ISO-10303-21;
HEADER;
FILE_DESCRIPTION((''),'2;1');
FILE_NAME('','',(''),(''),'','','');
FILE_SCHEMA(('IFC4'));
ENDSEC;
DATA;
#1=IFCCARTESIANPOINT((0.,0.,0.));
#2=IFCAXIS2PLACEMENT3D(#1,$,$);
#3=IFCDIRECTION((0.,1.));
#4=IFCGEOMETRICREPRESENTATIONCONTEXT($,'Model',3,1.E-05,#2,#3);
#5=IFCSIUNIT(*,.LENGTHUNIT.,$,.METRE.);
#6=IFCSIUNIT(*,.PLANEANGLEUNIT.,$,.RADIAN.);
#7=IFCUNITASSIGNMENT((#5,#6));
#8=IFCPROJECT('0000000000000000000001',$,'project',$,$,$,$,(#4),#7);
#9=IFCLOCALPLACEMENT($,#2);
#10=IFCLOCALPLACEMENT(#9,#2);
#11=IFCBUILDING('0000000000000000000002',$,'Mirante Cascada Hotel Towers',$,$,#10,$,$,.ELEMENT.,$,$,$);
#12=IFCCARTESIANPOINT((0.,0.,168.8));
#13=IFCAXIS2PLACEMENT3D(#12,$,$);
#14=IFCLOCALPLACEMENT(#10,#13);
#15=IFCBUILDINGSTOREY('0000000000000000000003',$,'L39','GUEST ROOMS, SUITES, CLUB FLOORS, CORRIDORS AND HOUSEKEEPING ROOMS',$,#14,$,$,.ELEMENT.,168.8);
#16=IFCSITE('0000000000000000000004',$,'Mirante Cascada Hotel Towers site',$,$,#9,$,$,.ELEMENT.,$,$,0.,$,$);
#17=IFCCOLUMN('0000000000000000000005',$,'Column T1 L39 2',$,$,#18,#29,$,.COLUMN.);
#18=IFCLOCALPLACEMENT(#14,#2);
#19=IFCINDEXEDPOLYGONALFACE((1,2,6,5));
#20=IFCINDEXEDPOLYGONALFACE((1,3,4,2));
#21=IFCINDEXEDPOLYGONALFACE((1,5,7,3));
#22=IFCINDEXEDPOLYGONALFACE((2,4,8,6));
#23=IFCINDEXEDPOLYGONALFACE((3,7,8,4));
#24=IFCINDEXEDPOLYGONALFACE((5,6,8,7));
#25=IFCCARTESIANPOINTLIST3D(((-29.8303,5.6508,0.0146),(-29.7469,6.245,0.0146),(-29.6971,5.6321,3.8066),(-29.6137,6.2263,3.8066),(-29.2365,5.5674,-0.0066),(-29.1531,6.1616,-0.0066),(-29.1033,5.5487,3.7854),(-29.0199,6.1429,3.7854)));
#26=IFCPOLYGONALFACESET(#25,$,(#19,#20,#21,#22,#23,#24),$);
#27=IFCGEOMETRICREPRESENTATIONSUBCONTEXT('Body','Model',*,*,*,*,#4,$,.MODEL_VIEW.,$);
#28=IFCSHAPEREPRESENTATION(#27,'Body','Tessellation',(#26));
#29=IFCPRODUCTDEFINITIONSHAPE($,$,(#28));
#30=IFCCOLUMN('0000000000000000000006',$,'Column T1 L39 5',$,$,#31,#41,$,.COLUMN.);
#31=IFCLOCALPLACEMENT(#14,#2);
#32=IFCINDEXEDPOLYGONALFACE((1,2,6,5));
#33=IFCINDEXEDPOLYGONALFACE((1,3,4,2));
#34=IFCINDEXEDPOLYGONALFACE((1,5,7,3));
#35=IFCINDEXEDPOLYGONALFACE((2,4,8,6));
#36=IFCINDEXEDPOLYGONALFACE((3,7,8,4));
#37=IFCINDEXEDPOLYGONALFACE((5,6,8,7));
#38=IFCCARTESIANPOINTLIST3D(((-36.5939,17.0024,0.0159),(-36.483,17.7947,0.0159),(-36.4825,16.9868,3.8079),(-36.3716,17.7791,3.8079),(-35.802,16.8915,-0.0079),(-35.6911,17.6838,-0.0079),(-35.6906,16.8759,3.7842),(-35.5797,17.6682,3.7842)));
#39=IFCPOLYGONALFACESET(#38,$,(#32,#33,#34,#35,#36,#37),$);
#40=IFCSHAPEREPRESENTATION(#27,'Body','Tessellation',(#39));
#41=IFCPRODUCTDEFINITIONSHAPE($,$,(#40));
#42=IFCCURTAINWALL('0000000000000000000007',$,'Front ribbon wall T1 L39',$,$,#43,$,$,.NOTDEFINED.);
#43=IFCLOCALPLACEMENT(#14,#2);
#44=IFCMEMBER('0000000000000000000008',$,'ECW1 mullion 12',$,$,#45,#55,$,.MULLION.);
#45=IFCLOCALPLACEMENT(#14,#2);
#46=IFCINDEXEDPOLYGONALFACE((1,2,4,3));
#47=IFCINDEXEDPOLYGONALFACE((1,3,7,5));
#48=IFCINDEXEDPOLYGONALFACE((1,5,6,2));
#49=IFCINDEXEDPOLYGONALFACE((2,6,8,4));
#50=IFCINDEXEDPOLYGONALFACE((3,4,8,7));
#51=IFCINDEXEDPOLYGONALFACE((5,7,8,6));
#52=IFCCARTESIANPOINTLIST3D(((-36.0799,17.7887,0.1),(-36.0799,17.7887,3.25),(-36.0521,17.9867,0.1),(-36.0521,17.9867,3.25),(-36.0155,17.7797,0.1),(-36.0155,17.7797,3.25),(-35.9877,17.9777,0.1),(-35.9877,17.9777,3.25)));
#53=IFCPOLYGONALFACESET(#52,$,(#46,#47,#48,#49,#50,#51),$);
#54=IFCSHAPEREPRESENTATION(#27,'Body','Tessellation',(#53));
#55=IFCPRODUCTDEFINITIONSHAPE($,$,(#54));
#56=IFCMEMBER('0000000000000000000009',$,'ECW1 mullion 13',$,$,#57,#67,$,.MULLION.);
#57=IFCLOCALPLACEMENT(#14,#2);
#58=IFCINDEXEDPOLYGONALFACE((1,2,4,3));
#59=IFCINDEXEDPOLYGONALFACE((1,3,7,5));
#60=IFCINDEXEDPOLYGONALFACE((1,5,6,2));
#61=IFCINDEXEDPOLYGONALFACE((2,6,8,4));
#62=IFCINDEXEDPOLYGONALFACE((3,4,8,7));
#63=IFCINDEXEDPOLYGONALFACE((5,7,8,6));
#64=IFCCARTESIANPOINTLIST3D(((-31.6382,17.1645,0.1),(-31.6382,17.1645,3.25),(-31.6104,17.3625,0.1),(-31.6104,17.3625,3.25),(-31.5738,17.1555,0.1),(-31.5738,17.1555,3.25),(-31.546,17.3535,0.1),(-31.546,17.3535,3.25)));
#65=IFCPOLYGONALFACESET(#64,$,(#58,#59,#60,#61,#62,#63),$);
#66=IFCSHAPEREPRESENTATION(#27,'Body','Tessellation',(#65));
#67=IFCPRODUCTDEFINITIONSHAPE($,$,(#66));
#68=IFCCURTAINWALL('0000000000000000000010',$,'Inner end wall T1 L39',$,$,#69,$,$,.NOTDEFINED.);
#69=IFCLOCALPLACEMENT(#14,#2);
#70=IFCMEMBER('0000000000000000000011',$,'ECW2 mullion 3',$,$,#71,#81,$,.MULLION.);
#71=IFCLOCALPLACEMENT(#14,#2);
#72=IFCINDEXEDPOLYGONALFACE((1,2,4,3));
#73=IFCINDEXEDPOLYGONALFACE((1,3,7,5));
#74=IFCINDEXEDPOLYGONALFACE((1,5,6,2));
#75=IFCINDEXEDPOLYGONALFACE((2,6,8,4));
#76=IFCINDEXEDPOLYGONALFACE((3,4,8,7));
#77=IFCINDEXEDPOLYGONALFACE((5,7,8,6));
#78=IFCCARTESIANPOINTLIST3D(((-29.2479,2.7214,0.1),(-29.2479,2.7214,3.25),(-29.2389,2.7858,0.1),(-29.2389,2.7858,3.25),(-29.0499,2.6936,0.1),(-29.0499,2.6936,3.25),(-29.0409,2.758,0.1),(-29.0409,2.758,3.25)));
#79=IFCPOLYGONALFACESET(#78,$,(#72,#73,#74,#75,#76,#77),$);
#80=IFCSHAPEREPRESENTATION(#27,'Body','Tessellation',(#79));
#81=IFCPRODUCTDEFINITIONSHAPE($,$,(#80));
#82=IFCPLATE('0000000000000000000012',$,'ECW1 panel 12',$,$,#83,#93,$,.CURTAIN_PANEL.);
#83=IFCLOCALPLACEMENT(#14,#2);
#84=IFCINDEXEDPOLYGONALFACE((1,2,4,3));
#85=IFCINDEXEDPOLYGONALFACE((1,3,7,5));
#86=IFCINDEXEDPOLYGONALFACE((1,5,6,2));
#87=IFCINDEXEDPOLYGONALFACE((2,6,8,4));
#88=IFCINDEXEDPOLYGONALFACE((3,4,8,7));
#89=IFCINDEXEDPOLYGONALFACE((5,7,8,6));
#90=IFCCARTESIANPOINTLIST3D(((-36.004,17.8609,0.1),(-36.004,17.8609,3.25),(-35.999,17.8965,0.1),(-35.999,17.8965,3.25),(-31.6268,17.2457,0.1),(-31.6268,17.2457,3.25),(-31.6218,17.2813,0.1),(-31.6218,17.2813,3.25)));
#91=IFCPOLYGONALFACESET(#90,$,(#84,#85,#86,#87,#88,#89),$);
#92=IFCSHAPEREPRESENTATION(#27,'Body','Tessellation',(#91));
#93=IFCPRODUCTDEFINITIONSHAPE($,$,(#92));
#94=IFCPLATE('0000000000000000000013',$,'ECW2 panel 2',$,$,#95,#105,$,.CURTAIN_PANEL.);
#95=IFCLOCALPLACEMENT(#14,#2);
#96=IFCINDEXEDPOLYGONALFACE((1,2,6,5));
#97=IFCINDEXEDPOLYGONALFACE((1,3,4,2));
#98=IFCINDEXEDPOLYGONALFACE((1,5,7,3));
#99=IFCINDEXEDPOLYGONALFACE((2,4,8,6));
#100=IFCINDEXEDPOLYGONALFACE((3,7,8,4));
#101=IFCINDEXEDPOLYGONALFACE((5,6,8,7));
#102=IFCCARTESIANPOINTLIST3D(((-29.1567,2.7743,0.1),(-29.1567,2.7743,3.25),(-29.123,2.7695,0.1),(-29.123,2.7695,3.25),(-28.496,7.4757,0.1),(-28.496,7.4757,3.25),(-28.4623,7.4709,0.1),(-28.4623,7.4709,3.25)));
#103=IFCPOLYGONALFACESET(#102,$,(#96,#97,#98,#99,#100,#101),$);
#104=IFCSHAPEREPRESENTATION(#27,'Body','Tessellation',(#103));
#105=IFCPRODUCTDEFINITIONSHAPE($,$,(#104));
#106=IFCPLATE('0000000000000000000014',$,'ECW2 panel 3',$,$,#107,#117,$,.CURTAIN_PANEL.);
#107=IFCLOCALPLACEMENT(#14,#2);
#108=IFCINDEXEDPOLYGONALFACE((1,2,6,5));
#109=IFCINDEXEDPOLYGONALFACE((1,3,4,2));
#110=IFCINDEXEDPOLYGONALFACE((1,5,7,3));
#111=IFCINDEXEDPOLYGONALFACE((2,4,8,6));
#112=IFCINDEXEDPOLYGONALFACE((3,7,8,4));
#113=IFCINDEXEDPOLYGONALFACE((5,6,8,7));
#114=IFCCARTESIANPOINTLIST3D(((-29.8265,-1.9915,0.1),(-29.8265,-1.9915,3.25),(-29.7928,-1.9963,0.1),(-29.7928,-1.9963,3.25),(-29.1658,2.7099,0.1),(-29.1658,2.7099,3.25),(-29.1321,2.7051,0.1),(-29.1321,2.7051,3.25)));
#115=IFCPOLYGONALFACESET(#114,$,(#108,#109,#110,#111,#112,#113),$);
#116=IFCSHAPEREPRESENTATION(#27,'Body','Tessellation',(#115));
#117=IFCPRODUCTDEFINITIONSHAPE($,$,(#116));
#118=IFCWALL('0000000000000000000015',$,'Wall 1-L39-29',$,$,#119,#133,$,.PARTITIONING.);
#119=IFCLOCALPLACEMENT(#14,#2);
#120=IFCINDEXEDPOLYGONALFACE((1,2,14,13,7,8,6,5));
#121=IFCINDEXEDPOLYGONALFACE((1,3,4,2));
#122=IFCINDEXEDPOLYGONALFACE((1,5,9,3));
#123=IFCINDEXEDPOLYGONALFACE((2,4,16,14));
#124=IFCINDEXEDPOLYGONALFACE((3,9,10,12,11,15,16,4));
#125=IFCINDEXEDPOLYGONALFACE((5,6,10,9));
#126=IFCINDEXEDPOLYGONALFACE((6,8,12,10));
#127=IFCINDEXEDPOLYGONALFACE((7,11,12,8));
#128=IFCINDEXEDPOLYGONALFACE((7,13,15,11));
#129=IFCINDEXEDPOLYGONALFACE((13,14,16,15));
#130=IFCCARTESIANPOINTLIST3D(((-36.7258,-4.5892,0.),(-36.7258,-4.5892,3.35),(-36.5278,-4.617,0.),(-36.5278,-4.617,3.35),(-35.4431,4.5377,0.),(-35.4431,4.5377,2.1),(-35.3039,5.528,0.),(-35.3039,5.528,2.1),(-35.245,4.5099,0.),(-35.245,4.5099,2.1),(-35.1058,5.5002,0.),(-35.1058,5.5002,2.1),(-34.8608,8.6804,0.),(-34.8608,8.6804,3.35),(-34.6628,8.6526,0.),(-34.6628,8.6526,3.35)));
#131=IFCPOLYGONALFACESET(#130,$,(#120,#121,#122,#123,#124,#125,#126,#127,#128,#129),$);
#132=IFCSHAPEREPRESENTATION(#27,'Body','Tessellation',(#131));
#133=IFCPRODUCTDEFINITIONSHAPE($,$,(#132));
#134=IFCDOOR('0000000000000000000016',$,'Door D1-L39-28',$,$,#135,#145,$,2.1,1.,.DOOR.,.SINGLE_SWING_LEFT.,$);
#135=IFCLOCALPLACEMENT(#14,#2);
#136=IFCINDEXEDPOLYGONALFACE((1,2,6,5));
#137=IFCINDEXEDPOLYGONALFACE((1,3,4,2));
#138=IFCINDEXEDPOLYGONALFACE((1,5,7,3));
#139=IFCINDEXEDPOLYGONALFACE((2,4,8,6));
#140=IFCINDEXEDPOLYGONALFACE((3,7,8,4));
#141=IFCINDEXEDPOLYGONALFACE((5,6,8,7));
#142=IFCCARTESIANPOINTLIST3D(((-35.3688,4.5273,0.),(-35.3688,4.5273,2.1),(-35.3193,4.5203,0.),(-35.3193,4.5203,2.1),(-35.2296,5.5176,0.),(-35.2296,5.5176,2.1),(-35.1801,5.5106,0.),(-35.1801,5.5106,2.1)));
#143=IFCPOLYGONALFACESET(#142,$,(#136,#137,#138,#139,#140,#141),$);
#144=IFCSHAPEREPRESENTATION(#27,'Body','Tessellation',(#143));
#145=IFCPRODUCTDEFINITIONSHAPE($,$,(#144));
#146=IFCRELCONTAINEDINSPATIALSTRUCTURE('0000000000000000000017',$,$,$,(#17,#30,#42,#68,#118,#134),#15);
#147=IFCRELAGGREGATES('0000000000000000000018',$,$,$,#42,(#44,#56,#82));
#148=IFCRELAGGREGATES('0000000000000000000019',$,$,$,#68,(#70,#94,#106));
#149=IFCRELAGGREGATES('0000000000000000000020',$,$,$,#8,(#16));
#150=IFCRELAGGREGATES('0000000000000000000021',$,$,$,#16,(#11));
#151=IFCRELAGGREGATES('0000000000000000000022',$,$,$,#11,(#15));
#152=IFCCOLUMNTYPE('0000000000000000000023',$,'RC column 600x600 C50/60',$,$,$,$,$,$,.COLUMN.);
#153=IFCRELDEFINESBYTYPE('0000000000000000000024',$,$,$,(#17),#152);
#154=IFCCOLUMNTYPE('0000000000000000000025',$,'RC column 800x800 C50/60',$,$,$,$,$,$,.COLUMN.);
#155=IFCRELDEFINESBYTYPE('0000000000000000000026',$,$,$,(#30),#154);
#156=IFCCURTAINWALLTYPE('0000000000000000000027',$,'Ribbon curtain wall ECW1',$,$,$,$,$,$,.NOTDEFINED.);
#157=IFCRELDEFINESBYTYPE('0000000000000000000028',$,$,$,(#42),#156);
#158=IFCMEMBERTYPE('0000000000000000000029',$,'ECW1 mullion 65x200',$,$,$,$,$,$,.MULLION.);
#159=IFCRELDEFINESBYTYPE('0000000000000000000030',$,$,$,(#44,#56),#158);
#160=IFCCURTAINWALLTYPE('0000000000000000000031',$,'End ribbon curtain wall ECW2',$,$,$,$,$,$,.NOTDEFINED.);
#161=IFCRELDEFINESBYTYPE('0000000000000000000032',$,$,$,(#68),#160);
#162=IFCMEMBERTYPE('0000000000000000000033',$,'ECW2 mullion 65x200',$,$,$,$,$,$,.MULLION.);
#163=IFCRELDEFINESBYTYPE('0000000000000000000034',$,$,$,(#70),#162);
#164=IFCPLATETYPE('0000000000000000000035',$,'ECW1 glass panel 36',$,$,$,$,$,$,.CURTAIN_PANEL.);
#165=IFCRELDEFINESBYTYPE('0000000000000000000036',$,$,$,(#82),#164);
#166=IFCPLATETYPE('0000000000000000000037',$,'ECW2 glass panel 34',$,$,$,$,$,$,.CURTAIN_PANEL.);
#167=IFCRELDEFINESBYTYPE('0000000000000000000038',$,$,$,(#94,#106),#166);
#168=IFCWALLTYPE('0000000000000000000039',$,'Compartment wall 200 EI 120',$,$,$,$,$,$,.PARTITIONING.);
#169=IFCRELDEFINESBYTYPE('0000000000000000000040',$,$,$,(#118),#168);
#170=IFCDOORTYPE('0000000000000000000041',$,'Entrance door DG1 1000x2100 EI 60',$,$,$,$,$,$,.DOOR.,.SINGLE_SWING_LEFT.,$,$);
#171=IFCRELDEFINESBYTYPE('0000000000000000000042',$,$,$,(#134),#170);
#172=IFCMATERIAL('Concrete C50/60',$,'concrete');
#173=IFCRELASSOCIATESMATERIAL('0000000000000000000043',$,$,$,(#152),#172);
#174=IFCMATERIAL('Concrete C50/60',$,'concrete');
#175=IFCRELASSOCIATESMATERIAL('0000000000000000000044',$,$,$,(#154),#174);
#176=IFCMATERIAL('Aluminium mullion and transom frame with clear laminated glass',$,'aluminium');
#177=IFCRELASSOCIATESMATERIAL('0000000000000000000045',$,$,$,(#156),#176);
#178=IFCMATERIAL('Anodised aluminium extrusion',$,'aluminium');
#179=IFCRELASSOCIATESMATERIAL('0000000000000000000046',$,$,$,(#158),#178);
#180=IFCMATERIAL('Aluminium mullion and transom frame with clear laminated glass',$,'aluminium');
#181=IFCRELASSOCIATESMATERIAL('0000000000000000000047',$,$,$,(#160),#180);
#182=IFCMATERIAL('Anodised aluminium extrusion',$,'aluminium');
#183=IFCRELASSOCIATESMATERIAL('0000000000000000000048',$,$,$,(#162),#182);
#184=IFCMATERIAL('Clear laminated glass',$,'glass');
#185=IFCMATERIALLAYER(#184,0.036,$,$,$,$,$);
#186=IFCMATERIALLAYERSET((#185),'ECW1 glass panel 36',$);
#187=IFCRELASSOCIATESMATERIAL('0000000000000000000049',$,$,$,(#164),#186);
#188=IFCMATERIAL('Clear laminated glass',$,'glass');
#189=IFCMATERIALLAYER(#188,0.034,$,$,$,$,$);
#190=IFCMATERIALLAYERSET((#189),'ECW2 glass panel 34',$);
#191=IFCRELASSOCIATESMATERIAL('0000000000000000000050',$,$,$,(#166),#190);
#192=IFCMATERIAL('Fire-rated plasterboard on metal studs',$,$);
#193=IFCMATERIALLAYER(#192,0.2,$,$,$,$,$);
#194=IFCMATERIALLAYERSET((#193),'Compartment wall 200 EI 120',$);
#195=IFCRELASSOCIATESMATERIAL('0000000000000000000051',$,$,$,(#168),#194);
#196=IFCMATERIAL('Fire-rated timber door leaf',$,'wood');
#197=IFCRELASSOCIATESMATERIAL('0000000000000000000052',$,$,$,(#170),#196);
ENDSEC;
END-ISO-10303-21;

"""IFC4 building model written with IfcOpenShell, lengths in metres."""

from ifc_helpers import new_model, si_unit, direction, frame, frame_2d, origin, origin_2d, place, context, subcontext, project, spatial, rectangle, extrude, material, layer, layer_set, material_profile, profile_set, type_object, element, fill, aggregate, save


model = new_model("IFC4")

# Units and contexts
model_context = context("Model", 3, precision=1e-05, world=origin(), true_north=direction((0.0, 1.0)))
body_context = subcontext(model_context, "Body", "Model", "MODEL_VIEW")
ifc_project = project(units=[si_unit("LENGTHUNIT", "METRE"), si_unit("PLANEANGLEUNIT", "RADIAN")], contexts=[model_context])

# Site, building, storey
site_placement = place(None, origin())
site = spatial("IfcSite", under=ifc_project, at=site_placement, Name="Mirante Cascada Hotel Towers site", CompositionType="ELEMENT", RefElevation=0.0)
building_placement = place(site_placement, origin())
building = spatial("IfcBuilding", under=site, at=building_placement, Name="Mirante Cascada Hotel Towers", CompositionType="ELEMENT")
storey_placement = place(building_placement, frame((0.0, 0.0, 168.8)))
storey = spatial("IfcBuildingStorey", under=building, at=storey_placement, Name="L39", Description="GUEST ROOMS, SUITES, CLUB FLOORS, CORRIDORS AND HOUSEKEEPING ROOMS", CompositionType="ELEMENT", Elevation=168.8)

# Columns
ifc_material_1 = material(Name="Concrete C50/60", Category="concrete")
ifc_material_profile_1 = material_profile(ifc_material_1, rectangle(XDim=0.6, YDim=0.6, at=origin_2d()), Name="RC column 600x600 C50/60")
ifc_profile_set_1 = profile_set([ifc_material_profile_1], Name="Concrete C50/60")
column_type_1 = type_object("IfcColumnType", Name="RC column 600x600 C50/60", PredefinedType="COLUMN", material=ifc_profile_set_1)
column_1_placement = place(storey_placement, frame((-29.4917, 5.9062, 0.004), z_axis=(0.035104, -0.004928, 0.999371), x_axis=(0.139027, 0.990289, 0.0)))
element("IfcColumn", 1, at=column_1_placement, inside=storey, type_object=column_type_1, Name="Column T1 L39 2", PredefinedType="COLUMN", context=body_context, shape_type="SweptSolid", body=[
    extrude(rectangle(XDim=0.6, YDim=0.6, at=origin_2d()), origin(), (0.0, 0.0, 1.0), 3.7944),
])
ifc_material_2 = material(Name="Concrete C50/60", Category="concrete")
ifc_material_profile_2 = material_profile(ifc_material_2, rectangle(XDim=0.8, YDim=0.8, at=origin_2d()), Name="RC column 800x800 C50/60")
ifc_profile_set_2 = profile_set([ifc_material_profile_2], Name="Concrete C50/60")
column_type_2 = type_object("IfcColumnType", Name="RC column 800x800 C50/60", PredefinedType="COLUMN", material=ifc_profile_set_2)
column_2_placement = place(storey_placement, frame((-36.1425, 17.3431, 0.004), z_axis=(0.029365, -0.004112, 0.99956), x_axis=(0.138683, 0.990337, 0.0)))
element("IfcColumn", 2, at=column_2_placement, inside=storey, type_object=column_type_2, Name="Column T1 L39 5", PredefinedType="COLUMN", context=body_context, shape_type="SweptSolid", body=[
    extrude(rectangle(XDim=0.8, YDim=0.8, at=origin_2d()), origin(), (0.0, 0.0, 1.0), 3.7937),
])

# Curtain wall, members
ifc_material_3 = material(Name="Aluminium mullion and transom frame with clear laminated glass", Category="aluminium")
curtain_wall_type_1 = type_object("IfcCurtainWallType", Name="Ribbon curtain wall ECW1", PredefinedType="NOTDEFINED", material=ifc_material_3)
curtain_wall_1_placement = place(storey_placement, origin())
curtain_wall_1 = element("IfcCurtainWall", 3, at=curtain_wall_1_placement, inside=storey, type_object=curtain_wall_type_1, Name="Front ribbon wall T1 L39", PredefinedType="NOTDEFINED")
ifc_material_4 = material(Name="Anodised aluminium extrusion", Category="aluminium")
ifc_material_profile_3 = material_profile(ifc_material_4, rectangle(XDim=0.2, YDim=0.065, at=origin_2d()), Name="ECW1 MULLION 65x200")
ifc_profile_set_3 = profile_set([ifc_material_profile_3], Name="Anodised aluminium extrusion")
member_type_1 = type_object("IfcMemberType", Name="ECW1 mullion 65x200", PredefinedType="MULLION", material=ifc_profile_set_3)
member_1_placement = place(storey_placement, frame((-36.0338, 17.8832, 0.1), z_axis=(0.0, 0.0, 1.0), x_axis=(0.139173, 0.990268, 0.0)))
member_1 = element("IfcMember", 4, at=member_1_placement, type_object=member_type_1, Name="ECW1 mullion 12", PredefinedType="MULLION", context=body_context, shape_type="SweptSolid", body=[
    extrude(rectangle(XDim=0.2, YDim=0.065, at=origin_2d()), origin(), (0.0, 0.0, 1.0), 3.15),
])
member_2_placement = place(storey_placement, frame((-31.5921, 17.259, 0.1), z_axis=(0.0, 0.0, 1.0), x_axis=(0.139173, 0.990268, 0.0)))
member_2 = element("IfcMember", 5, at=member_2_placement, type_object=member_type_1, Name="ECW1 mullion 13", PredefinedType="MULLION", context=body_context, shape_type="SweptSolid", body=[
    extrude(rectangle(XDim=0.2, YDim=0.065, at=origin_2d()), origin(), (0.0, 0.0, 1.0), 3.15),
])

# Curtain wall, member
ifc_material_5 = material(Name="Aluminium mullion and transom frame with clear laminated glass", Category="aluminium")
curtain_wall_type_2 = type_object("IfcCurtainWallType", Name="End ribbon curtain wall ECW2", PredefinedType="NOTDEFINED", material=ifc_material_5)
curtain_wall_2_placement = place(storey_placement, origin())
curtain_wall_2 = element("IfcCurtainWall", 6, at=curtain_wall_2_placement, inside=storey, type_object=curtain_wall_type_2, Name="Inner end wall T1 L39", PredefinedType="NOTDEFINED")
ifc_material_6 = material(Name="Anodised aluminium extrusion", Category="aluminium")
ifc_material_profile_4 = material_profile(ifc_material_6, rectangle(XDim=0.2, YDim=0.065, at=origin_2d()), Name="ECW2 MULLION 65x200")
ifc_profile_set_4 = profile_set([ifc_material_profile_4], Name="Anodised aluminium extrusion")
member_type_2 = type_object("IfcMemberType", Name="ECW2 mullion 65x200", PredefinedType="MULLION", material=ifc_profile_set_4)
member_3_placement = place(storey_placement, frame((-29.1444, 2.7397, 0.1), z_axis=(0.0, 0.0, 1.0), x_axis=(0.990268, -0.139173, 0.0)))
member_3 = element("IfcMember", 7, at=member_3_placement, type_object=member_type_2, Name="ECW2 mullion 3", PredefinedType="MULLION", context=body_context, shape_type="SweptSolid", body=[
    extrude(rectangle(XDim=0.2, YDim=0.065, at=origin_2d()), origin(), (0.0, 0.0, 1.0), 3.15),
])

# Plates
ifc_material_7 = material(Name="Clear laminated glass", Category="glass")
ifc_layer_1 = layer(ifc_material_7, 0.036)
ifc_layer_set_1 = layer_set([ifc_layer_1], Name="ECW1 glass panel 36")
plate_type_1 = type_object("IfcPlateType", Name="ECW1 glass panel 36", PredefinedType="CURTAIN_PANEL", material=ifc_layer_set_1)
plate_1_placement = place(storey_placement, frame((-33.8129, 17.5711, 0.1), z_axis=(0.0, 0.0, 1.0), x_axis=(0.990268, -0.139173, 0.0)))
plate_1 = element("IfcPlate", 8, at=plate_1_placement, type_object=plate_type_1, Name="ECW1 panel 12", PredefinedType="CURTAIN_PANEL", context=body_context, shape_type="SweptSolid", body=[
    extrude(rectangle(XDim=4.4203, YDim=0.036, at=origin_2d()), origin(), (0.0, 0.0, 1.0), 3.15),
])
aggregate(curtain_wall_1, [member_1, member_2, plate_1])
ifc_material_8 = material(Name="Clear laminated glass", Category="glass")
ifc_layer_2 = layer(ifc_material_8, 0.034)
ifc_layer_set_2 = layer_set([ifc_layer_2], Name="ECW2 glass panel 34")
plate_type_2 = type_object("IfcPlateType", Name="ECW2 glass panel 34", PredefinedType="CURTAIN_PANEL", material=ifc_layer_set_2)
plate_2_placement = place(storey_placement, frame((-28.8095, 5.1226, 0.1), z_axis=(0.0, 0.0, 1.0), x_axis=(-0.139173, -0.990268, 0.0)))
plate_2 = element("IfcPlate", 9, at=plate_2_placement, type_object=plate_type_2, Name="ECW2 panel 2", PredefinedType="CURTAIN_PANEL", context=body_context, shape_type="SweptSolid", body=[
    extrude(rectangle(XDim=4.7476, YDim=0.034, at=origin_2d()), origin(), (0.0, 0.0, 1.0), 3.15),
])
plate_3_placement = place(storey_placement, frame((-29.4793, 0.3568, 0.1), z_axis=(0.0, 0.0, 1.0), x_axis=(-0.139173, -0.990268, 0.0)))
plate_3 = element("IfcPlate", 10, at=plate_3_placement, type_object=plate_type_2, Name="ECW2 panel 3", PredefinedType="CURTAIN_PANEL", context=body_context, shape_type="SweptSolid", body=[
    extrude(rectangle(XDim=4.7476, YDim=0.034, at=origin_2d()), origin(), (0.0, 0.0, 1.0), 3.15),
])
aggregate(curtain_wall_2, [member_3, plate_2, plate_3])

# Wall, opening, door
ifc_material_9 = material(Name="Fire-rated plasterboard on metal studs")
ifc_layer_3 = layer(ifc_material_9, 0.2)
ifc_layer_set_3 = layer_set([ifc_layer_3], Name="Compartment wall 200 EI 120")
wall_type_1 = type_object("IfcWallType", Name="Compartment wall 200 EI 120", PredefinedType="PARTITIONING", material=ifc_layer_set_3)
wall_1_placement = place(storey_placement, frame((-34.7618, 8.6665, 0.0), z_axis=(0.0, 0.0, 1.0), x_axis=(-0.139179, -0.990267, 0.0)))
wall_1 = element("IfcWall", 11, at=wall_1_placement, inside=storey, type_object=wall_type_1, Name="Wall 1-L39-29", PredefinedType="PARTITIONING", context=body_context, shape_type="SweptSolid", body=[
    extrude(rectangle(XDim=13.4, YDim=0.2, at=frame_2d((6.7, 0.0))), origin(), (0.0, 0.0, 1.0), 3.35),
])
opening_1_placement = place(wall_1_placement, frame((3.1834, 0.0, 0.0)))
opening_1 = element("IfcOpeningElement", 12, at=opening_1_placement, cuts=wall_1, PredefinedType="OPENING", context=body_context, shape_type="SweptSolid", body=[
    extrude(rectangle(XDim=1.0, YDim=2.1, at=frame_2d((0.5, 1.05))), frame((0.0, 0.1, 0.0), z_axis=(0.0, -1.0, 0.0), x_axis=(1.0, 0.0, 0.0)), (0.0, 0.0, 1.0), 0.2),
])
ifc_material_10 = material(Name="Fire-rated timber door leaf", Category="wood")
door_type_1 = type_object("IfcDoorType", Name="Entrance door DG1 1000x2100 EI 60", OperationType="SINGLE_SWING_LEFT", PredefinedType="DOOR", material=ifc_material_10)
door_1_placement = place(opening_1_placement, origin())
door_1 = element("IfcDoor", 13, at=door_1_placement, inside=storey, type_object=door_type_1, Name="Door D1-L39-28", OperationType="SINGLE_SWING_LEFT", OverallHeight=2.1, OverallWidth=1.0, PredefinedType="DOOR", context=body_context, shape_type="SweptSolid", body=[
    extrude(rectangle(XDim=1.0, YDim=2.1, at=frame_2d((0.5, 1.05))), frame((0.0, 0.025, 0.0), z_axis=(0.0, -1.0, 0.0), x_axis=(1.0, 0.0, 0.0)), (0.0, 0.0, 1.0), 0.05),
])
fill(opening_1, door_1)

save(model, "model.ifc")
